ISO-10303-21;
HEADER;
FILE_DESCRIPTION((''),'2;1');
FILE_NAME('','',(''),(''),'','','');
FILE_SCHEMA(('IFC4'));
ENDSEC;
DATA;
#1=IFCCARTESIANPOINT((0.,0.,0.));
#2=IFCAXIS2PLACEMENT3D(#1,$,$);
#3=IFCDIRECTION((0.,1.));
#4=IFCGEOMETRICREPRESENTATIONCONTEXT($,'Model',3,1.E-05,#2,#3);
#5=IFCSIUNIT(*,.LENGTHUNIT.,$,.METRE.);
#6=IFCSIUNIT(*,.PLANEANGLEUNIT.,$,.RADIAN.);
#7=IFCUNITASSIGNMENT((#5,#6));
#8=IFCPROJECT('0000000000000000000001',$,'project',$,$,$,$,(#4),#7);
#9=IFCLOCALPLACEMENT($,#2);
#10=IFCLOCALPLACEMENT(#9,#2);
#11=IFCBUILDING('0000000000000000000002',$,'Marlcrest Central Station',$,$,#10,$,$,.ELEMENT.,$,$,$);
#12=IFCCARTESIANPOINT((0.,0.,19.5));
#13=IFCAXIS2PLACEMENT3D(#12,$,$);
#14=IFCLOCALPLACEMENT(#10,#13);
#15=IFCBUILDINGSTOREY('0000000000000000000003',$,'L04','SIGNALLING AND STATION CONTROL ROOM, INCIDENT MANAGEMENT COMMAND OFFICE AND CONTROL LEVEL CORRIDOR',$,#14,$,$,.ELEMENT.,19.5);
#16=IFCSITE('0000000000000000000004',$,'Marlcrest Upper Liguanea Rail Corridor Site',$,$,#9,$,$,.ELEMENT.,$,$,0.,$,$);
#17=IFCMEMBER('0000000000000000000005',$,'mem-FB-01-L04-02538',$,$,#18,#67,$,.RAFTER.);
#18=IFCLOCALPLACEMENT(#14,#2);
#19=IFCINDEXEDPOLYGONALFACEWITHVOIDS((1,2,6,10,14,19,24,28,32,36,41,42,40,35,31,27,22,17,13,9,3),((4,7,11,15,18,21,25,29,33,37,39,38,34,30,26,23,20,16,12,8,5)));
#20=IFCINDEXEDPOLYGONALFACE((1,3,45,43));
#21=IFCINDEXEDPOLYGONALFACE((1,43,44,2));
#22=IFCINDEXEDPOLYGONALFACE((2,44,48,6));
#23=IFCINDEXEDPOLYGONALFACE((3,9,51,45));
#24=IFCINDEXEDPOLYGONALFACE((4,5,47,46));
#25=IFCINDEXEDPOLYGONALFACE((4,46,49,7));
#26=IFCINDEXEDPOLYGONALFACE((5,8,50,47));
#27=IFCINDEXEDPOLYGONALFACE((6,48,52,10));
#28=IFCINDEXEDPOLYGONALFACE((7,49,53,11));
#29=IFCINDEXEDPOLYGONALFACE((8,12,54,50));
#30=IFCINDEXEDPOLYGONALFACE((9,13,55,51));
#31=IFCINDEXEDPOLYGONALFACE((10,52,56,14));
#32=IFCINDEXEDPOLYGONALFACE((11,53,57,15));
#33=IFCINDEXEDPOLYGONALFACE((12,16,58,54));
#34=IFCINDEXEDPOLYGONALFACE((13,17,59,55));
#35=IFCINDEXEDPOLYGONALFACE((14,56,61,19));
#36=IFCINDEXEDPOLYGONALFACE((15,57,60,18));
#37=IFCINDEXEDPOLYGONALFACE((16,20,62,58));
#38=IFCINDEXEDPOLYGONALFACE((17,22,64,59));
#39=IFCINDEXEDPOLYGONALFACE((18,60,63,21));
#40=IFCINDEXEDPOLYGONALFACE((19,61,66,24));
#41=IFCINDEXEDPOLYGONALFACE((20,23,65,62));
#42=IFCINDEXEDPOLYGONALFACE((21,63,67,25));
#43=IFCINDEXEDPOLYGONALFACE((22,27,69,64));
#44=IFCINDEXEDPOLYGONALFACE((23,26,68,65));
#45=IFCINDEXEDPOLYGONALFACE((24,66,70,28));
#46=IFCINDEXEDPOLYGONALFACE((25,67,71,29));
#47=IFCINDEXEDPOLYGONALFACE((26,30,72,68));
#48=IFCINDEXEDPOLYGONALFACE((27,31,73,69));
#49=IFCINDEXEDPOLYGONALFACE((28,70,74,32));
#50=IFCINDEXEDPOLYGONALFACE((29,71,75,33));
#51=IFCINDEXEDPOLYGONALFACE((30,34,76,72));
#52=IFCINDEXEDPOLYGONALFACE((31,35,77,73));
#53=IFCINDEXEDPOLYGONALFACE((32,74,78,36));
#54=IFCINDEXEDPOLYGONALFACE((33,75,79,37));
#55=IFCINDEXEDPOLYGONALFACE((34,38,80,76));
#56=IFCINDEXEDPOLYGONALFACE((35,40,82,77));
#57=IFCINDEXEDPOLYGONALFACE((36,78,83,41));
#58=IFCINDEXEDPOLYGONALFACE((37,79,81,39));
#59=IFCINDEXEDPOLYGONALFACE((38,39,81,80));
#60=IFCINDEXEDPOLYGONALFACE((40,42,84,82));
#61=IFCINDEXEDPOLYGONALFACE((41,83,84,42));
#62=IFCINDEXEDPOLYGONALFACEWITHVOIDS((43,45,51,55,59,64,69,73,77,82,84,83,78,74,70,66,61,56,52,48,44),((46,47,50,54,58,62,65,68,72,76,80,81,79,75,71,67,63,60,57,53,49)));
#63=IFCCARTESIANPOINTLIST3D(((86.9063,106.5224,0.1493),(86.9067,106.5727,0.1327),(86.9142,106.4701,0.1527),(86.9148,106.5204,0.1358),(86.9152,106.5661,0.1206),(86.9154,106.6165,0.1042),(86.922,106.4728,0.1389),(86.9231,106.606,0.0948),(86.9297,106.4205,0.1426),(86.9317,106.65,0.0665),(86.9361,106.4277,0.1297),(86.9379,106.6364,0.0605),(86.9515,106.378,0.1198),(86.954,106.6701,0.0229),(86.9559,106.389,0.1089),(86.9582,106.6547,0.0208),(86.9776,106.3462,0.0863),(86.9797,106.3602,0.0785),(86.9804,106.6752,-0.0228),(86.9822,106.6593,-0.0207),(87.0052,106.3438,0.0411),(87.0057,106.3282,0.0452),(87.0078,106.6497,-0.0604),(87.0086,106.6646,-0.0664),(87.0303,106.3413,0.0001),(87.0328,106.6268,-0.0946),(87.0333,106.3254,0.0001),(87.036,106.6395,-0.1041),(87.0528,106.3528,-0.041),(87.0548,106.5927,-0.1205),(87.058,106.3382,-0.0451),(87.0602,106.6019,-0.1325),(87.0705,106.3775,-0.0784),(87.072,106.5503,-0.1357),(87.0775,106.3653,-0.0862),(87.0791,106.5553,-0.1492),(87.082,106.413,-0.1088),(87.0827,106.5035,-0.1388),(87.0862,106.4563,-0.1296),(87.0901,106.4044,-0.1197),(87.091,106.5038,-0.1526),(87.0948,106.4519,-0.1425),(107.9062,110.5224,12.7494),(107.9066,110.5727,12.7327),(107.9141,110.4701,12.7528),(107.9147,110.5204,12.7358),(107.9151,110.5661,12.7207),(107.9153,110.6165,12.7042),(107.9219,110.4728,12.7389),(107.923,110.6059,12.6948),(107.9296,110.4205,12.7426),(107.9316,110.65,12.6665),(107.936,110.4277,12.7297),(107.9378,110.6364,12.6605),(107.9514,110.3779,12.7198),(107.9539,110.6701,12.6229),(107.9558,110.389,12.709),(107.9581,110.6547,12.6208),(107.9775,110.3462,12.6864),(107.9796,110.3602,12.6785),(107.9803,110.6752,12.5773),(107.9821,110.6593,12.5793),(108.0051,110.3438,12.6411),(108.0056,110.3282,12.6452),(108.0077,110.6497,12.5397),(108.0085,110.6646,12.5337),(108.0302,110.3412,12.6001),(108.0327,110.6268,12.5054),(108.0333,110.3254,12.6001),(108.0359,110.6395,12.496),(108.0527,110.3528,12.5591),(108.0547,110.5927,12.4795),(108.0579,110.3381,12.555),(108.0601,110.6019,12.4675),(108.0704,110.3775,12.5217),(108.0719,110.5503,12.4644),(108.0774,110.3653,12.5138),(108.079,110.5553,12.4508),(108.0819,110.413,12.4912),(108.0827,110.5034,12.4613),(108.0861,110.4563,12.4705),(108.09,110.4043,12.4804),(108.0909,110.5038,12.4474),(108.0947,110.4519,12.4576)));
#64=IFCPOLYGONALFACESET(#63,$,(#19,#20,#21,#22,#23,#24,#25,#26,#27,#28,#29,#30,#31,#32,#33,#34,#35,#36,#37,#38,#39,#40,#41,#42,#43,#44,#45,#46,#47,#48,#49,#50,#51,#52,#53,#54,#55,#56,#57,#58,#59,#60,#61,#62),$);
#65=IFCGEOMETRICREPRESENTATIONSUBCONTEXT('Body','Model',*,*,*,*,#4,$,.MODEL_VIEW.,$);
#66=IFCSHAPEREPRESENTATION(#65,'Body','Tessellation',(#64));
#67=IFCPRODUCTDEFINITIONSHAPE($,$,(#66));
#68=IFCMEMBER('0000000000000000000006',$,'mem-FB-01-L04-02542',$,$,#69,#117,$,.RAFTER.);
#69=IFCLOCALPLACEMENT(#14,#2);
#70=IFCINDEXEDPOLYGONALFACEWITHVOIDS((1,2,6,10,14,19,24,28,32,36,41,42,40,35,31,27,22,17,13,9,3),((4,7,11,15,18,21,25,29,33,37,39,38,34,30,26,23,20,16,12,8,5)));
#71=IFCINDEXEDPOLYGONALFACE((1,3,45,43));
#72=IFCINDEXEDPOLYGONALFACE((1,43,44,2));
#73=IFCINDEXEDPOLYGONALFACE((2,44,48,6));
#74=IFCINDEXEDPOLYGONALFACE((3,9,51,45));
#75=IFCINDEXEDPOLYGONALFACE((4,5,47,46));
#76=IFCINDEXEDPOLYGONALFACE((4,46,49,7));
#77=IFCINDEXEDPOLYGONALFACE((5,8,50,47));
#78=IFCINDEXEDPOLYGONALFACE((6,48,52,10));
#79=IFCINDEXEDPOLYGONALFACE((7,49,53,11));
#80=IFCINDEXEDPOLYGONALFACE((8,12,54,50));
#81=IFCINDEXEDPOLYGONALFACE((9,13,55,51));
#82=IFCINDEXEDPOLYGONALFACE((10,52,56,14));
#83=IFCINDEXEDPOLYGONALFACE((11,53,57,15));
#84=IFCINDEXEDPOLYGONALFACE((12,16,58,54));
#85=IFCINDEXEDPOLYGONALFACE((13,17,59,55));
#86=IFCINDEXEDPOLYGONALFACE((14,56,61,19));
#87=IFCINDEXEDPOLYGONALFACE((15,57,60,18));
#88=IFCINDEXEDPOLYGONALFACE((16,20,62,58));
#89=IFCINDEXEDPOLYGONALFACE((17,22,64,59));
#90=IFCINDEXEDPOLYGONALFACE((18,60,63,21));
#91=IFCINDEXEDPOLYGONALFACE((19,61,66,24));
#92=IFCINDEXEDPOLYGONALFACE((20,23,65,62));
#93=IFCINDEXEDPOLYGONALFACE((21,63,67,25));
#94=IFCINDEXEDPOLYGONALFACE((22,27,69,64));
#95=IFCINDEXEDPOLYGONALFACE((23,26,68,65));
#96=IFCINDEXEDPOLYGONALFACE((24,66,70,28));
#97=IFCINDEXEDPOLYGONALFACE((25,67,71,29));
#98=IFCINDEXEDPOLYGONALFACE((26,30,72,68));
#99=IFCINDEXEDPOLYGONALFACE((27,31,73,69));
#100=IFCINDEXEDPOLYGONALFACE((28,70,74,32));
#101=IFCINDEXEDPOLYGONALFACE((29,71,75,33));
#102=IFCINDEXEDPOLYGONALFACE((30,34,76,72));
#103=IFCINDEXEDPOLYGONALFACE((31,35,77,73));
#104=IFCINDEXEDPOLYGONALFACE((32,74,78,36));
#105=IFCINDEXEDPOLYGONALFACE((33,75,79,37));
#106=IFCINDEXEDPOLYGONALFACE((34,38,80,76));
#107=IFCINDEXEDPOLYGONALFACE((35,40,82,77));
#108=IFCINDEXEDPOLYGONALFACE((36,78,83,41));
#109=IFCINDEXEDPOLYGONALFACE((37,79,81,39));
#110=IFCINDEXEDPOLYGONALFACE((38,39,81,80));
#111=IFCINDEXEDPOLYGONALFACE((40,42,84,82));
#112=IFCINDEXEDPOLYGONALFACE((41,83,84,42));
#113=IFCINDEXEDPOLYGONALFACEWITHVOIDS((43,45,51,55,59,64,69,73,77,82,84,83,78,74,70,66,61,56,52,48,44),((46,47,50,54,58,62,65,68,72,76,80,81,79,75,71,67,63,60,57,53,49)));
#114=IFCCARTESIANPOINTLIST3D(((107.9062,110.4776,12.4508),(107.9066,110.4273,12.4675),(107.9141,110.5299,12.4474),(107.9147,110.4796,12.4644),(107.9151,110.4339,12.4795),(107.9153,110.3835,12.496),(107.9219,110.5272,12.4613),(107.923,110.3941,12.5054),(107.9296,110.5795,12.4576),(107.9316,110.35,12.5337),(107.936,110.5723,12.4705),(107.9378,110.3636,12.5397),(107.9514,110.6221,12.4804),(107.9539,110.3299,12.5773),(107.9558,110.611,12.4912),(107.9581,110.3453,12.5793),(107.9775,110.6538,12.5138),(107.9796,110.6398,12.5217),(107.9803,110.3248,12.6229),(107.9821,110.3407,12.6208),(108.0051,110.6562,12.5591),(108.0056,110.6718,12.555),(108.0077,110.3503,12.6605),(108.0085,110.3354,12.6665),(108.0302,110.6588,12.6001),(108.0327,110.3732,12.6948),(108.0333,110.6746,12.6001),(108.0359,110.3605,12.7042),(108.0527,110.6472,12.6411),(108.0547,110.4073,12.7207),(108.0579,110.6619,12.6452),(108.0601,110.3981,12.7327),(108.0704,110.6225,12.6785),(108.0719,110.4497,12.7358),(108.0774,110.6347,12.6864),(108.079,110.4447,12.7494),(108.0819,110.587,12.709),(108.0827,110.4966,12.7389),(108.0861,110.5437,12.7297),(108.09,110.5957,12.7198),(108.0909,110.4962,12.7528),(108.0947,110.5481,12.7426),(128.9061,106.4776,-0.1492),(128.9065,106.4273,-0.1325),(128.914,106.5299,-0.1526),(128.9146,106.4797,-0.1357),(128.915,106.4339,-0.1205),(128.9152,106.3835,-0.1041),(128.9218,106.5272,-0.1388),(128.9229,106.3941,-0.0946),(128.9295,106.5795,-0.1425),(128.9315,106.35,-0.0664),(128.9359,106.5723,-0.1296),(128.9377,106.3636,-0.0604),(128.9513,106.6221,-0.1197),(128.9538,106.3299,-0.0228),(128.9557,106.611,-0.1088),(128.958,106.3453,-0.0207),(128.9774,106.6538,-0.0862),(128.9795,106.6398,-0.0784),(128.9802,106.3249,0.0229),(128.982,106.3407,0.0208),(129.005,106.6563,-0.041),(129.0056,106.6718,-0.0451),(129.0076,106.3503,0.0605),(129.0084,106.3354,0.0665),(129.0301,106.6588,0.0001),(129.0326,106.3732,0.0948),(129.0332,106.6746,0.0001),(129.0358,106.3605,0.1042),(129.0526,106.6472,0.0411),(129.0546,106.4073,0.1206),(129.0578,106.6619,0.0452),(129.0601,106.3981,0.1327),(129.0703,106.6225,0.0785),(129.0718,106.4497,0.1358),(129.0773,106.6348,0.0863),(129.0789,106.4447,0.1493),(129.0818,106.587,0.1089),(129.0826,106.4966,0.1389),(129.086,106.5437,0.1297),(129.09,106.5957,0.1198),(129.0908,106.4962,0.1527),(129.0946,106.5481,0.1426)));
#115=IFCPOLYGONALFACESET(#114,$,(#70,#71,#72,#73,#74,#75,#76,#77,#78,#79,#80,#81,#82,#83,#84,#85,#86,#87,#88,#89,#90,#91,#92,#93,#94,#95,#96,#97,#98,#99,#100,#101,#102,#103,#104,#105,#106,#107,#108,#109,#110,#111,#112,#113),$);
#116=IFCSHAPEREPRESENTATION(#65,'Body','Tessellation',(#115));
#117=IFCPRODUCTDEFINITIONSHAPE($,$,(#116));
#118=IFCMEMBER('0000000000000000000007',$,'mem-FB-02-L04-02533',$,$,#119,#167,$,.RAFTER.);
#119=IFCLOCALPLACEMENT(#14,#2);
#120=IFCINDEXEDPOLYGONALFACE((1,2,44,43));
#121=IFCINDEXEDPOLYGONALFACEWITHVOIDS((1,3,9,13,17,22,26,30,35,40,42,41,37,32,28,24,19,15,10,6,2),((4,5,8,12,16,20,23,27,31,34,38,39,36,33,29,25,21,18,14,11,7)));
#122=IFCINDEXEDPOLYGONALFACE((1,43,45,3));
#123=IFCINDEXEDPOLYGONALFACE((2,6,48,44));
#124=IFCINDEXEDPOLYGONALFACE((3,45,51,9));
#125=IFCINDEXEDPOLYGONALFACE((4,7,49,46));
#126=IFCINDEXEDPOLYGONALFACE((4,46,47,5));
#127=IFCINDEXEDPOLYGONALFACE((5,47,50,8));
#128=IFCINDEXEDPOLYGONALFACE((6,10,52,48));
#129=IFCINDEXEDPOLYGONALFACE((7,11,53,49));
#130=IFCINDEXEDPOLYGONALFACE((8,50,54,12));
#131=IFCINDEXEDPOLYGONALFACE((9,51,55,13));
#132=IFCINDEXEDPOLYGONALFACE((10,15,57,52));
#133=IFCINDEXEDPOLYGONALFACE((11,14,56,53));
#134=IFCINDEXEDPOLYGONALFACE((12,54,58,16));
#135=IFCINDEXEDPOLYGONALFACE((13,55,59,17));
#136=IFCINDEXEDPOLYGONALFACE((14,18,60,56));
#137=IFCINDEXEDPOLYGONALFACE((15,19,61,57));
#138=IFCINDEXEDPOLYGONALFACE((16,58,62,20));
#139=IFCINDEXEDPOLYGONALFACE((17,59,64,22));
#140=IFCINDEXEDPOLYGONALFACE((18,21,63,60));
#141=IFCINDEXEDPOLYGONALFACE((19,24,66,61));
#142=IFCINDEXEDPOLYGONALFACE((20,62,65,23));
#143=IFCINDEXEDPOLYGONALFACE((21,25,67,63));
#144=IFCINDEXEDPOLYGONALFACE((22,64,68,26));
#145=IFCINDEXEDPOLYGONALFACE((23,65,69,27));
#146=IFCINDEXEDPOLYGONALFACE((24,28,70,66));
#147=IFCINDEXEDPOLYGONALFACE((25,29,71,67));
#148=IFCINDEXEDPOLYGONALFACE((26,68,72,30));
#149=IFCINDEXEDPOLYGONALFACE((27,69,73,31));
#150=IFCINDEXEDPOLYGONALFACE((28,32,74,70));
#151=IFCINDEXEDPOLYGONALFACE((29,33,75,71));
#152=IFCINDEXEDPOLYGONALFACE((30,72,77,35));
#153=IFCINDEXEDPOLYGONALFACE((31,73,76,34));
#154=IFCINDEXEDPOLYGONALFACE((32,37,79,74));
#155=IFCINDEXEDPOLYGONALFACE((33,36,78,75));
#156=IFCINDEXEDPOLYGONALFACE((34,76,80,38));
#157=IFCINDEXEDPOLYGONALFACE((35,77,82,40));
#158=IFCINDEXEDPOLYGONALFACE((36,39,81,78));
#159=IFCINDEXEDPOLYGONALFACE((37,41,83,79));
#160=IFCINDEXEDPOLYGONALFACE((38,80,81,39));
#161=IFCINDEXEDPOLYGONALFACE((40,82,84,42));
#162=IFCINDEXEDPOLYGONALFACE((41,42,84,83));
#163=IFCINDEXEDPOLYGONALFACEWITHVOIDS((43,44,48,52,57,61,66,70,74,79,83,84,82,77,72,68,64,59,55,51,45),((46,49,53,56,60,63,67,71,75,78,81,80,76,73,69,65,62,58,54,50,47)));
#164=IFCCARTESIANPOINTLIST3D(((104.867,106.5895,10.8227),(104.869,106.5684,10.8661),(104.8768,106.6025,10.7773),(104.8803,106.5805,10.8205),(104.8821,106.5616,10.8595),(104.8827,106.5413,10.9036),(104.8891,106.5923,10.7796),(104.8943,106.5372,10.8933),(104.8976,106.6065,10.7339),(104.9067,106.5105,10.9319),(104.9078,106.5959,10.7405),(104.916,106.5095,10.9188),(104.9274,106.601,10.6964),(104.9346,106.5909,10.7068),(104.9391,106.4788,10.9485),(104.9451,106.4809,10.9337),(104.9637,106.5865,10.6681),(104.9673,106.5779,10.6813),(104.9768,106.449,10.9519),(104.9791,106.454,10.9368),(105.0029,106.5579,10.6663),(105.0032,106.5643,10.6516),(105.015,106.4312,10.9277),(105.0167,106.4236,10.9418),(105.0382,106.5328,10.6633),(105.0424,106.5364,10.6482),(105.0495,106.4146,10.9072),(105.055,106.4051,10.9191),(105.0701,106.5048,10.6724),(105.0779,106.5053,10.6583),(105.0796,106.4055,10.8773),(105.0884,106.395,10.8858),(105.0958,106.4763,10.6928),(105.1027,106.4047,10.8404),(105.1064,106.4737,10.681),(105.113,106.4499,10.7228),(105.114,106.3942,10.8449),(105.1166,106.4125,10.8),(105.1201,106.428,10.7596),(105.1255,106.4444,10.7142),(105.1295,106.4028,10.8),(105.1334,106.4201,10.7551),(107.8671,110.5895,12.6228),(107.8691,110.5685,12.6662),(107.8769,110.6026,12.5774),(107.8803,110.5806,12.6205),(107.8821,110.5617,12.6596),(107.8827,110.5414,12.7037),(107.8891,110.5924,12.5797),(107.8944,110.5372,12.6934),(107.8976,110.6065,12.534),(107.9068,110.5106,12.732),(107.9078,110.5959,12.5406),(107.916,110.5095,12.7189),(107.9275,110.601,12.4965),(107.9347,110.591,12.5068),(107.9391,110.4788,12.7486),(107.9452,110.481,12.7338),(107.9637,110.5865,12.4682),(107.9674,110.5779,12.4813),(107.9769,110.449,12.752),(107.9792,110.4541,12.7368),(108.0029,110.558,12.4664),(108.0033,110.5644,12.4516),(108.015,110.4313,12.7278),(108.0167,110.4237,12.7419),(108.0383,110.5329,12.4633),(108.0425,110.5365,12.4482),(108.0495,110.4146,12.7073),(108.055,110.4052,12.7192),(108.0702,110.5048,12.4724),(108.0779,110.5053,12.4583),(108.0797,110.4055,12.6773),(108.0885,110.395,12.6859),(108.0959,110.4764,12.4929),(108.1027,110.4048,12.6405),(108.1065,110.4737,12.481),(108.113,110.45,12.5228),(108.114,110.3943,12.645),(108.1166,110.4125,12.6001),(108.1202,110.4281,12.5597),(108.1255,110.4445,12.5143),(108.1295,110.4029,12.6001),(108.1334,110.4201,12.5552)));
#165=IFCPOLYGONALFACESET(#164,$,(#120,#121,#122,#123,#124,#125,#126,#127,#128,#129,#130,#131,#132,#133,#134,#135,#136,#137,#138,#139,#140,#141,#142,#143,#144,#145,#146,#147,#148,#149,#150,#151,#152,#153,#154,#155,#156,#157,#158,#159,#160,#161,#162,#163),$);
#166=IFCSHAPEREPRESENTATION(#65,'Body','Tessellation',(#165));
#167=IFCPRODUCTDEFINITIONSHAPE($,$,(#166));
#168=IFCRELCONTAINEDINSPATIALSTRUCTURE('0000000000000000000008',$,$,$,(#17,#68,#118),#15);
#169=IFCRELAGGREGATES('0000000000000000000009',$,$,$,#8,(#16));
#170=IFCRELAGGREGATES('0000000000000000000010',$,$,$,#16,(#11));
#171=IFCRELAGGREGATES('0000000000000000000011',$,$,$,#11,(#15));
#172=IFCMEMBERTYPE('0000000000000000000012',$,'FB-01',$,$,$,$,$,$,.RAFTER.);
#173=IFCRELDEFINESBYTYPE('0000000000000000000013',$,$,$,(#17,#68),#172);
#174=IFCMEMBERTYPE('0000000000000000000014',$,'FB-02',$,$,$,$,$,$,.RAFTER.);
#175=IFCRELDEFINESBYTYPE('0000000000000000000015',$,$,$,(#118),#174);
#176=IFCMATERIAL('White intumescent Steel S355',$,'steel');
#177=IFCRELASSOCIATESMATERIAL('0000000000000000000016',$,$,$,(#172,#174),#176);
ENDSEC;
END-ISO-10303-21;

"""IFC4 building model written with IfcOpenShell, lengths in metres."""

from ifc_helpers import new_model, si_unit, direction, frame, origin, origin_2d, place, context, subcontext, project, spatial, hollow_circle, extrude, material, material_profile, profile_set, type_object, element, save


model = new_model("IFC4")

# Units and contexts
model_context = context("Model", 3, precision=1e-05, world=origin(), true_north=direction((0.0, 1.0)))
body_context = subcontext(model_context, "Body", "Model", "MODEL_VIEW")
ifc_project = project(units=[si_unit("LENGTHUNIT", "METRE"), si_unit("PLANEANGLEUNIT", "RADIAN")], contexts=[model_context])

# Site, building, storey
site_placement = place(None, origin())
site = spatial("IfcSite", under=ifc_project, at=site_placement, Name="Marlcrest Upper Liguanea Rail Corridor Site", CompositionType="ELEMENT", RefElevation=0.0)
building_placement = place(site_placement, origin())
building = spatial("IfcBuilding", under=site, at=building_placement, Name="Marlcrest Central Station", CompositionType="ELEMENT")
storey_placement = place(building_placement, frame((0.0, 0.0, 19.5)))
storey = spatial("IfcBuildingStorey", under=building, at=storey_placement, Name="L04", Description="SIGNALLING AND STATION CONTROL ROOM, INCIDENT MANAGEMENT COMMAND OFFICE AND CONTROL LEVEL CORRIDOR", CompositionType="ELEMENT", Elevation=19.5)

# Members
ifc_material_1 = material(Name="White intumescent Steel S355", Category="steel")
ifc_material_profile_1 = material_profile(ifc_material_1, hollow_circle(Radius=0.1777, WallThickness=0.0161, at=origin_2d()), Name="CHS 355.6x16")
ifc_profile_set_1 = profile_set([ifc_material_profile_1], Name="White intumescent Steel S355")
member_type_1 = type_object("IfcMemberType", Name="FB-01", PredefinedType="RAFTER", material=ifc_profile_set_1)
for number, where, z_axis, x_axis, name in (
    (1, (108.0, 110.5, 12.6001), (-0.846277, -0.161196, -0.50777), (0.187112, -0.982339, 0.0), "mem-FB-01-L04-02538"),
    (2, (108.0, 110.5, 12.6001), (0.846277, -0.161196, -0.50777), (0.187112, 0.982339, 0.0), "mem-FB-01-L04-02542"),
):
    element("IfcMember", number, at=place(storey_placement, frame(where, z_axis=z_axis, x_axis=x_axis)), inside=storey, type_object=member_type_1, Name=name, PredefinedType="RAFTER", context=body_context, shape_type="SweptSolid", body=[
        extrude(hollow_circle(Radius=0.1777, WallThickness=0.0161, at=origin_2d()), origin(), (0.0, 0.0, 1.0), 24.8145),
    ])
ifc_material_profile_2 = material_profile(ifc_material_1, hollow_circle(Radius=0.1619, WallThickness=0.0161, at=origin_2d()), Name="CHS 323.9x16")
ifc_profile_set_2 = profile_set([ifc_material_profile_2], Name="White intumescent Steel S355")
member_type_2 = type_object("IfcMemberType", Name="FB-02", PredefinedType="RAFTER", material=ifc_profile_set_2)
for number, where, z_axis, x_axis, name in (
    (3, (108.0, 110.5, 12.6001), (-0.564531, -0.752708, -0.338728), (0.8, -0.6, 0.0), "mem-FB-02-L04-02533"),
):
    element("IfcMember", number, at=place(storey_placement, frame(where, z_axis=z_axis, x_axis=x_axis)), inside=storey, type_object=member_type_2, Name=name, PredefinedType="RAFTER", context=body_context, shape_type="SweptSolid", body=[
        extrude(hollow_circle(Radius=0.1619, WallThickness=0.0161, at=origin_2d()), origin(), (0.0, 0.0, 1.0), 5.3142),
    ])

save(model, "model.ifc")
